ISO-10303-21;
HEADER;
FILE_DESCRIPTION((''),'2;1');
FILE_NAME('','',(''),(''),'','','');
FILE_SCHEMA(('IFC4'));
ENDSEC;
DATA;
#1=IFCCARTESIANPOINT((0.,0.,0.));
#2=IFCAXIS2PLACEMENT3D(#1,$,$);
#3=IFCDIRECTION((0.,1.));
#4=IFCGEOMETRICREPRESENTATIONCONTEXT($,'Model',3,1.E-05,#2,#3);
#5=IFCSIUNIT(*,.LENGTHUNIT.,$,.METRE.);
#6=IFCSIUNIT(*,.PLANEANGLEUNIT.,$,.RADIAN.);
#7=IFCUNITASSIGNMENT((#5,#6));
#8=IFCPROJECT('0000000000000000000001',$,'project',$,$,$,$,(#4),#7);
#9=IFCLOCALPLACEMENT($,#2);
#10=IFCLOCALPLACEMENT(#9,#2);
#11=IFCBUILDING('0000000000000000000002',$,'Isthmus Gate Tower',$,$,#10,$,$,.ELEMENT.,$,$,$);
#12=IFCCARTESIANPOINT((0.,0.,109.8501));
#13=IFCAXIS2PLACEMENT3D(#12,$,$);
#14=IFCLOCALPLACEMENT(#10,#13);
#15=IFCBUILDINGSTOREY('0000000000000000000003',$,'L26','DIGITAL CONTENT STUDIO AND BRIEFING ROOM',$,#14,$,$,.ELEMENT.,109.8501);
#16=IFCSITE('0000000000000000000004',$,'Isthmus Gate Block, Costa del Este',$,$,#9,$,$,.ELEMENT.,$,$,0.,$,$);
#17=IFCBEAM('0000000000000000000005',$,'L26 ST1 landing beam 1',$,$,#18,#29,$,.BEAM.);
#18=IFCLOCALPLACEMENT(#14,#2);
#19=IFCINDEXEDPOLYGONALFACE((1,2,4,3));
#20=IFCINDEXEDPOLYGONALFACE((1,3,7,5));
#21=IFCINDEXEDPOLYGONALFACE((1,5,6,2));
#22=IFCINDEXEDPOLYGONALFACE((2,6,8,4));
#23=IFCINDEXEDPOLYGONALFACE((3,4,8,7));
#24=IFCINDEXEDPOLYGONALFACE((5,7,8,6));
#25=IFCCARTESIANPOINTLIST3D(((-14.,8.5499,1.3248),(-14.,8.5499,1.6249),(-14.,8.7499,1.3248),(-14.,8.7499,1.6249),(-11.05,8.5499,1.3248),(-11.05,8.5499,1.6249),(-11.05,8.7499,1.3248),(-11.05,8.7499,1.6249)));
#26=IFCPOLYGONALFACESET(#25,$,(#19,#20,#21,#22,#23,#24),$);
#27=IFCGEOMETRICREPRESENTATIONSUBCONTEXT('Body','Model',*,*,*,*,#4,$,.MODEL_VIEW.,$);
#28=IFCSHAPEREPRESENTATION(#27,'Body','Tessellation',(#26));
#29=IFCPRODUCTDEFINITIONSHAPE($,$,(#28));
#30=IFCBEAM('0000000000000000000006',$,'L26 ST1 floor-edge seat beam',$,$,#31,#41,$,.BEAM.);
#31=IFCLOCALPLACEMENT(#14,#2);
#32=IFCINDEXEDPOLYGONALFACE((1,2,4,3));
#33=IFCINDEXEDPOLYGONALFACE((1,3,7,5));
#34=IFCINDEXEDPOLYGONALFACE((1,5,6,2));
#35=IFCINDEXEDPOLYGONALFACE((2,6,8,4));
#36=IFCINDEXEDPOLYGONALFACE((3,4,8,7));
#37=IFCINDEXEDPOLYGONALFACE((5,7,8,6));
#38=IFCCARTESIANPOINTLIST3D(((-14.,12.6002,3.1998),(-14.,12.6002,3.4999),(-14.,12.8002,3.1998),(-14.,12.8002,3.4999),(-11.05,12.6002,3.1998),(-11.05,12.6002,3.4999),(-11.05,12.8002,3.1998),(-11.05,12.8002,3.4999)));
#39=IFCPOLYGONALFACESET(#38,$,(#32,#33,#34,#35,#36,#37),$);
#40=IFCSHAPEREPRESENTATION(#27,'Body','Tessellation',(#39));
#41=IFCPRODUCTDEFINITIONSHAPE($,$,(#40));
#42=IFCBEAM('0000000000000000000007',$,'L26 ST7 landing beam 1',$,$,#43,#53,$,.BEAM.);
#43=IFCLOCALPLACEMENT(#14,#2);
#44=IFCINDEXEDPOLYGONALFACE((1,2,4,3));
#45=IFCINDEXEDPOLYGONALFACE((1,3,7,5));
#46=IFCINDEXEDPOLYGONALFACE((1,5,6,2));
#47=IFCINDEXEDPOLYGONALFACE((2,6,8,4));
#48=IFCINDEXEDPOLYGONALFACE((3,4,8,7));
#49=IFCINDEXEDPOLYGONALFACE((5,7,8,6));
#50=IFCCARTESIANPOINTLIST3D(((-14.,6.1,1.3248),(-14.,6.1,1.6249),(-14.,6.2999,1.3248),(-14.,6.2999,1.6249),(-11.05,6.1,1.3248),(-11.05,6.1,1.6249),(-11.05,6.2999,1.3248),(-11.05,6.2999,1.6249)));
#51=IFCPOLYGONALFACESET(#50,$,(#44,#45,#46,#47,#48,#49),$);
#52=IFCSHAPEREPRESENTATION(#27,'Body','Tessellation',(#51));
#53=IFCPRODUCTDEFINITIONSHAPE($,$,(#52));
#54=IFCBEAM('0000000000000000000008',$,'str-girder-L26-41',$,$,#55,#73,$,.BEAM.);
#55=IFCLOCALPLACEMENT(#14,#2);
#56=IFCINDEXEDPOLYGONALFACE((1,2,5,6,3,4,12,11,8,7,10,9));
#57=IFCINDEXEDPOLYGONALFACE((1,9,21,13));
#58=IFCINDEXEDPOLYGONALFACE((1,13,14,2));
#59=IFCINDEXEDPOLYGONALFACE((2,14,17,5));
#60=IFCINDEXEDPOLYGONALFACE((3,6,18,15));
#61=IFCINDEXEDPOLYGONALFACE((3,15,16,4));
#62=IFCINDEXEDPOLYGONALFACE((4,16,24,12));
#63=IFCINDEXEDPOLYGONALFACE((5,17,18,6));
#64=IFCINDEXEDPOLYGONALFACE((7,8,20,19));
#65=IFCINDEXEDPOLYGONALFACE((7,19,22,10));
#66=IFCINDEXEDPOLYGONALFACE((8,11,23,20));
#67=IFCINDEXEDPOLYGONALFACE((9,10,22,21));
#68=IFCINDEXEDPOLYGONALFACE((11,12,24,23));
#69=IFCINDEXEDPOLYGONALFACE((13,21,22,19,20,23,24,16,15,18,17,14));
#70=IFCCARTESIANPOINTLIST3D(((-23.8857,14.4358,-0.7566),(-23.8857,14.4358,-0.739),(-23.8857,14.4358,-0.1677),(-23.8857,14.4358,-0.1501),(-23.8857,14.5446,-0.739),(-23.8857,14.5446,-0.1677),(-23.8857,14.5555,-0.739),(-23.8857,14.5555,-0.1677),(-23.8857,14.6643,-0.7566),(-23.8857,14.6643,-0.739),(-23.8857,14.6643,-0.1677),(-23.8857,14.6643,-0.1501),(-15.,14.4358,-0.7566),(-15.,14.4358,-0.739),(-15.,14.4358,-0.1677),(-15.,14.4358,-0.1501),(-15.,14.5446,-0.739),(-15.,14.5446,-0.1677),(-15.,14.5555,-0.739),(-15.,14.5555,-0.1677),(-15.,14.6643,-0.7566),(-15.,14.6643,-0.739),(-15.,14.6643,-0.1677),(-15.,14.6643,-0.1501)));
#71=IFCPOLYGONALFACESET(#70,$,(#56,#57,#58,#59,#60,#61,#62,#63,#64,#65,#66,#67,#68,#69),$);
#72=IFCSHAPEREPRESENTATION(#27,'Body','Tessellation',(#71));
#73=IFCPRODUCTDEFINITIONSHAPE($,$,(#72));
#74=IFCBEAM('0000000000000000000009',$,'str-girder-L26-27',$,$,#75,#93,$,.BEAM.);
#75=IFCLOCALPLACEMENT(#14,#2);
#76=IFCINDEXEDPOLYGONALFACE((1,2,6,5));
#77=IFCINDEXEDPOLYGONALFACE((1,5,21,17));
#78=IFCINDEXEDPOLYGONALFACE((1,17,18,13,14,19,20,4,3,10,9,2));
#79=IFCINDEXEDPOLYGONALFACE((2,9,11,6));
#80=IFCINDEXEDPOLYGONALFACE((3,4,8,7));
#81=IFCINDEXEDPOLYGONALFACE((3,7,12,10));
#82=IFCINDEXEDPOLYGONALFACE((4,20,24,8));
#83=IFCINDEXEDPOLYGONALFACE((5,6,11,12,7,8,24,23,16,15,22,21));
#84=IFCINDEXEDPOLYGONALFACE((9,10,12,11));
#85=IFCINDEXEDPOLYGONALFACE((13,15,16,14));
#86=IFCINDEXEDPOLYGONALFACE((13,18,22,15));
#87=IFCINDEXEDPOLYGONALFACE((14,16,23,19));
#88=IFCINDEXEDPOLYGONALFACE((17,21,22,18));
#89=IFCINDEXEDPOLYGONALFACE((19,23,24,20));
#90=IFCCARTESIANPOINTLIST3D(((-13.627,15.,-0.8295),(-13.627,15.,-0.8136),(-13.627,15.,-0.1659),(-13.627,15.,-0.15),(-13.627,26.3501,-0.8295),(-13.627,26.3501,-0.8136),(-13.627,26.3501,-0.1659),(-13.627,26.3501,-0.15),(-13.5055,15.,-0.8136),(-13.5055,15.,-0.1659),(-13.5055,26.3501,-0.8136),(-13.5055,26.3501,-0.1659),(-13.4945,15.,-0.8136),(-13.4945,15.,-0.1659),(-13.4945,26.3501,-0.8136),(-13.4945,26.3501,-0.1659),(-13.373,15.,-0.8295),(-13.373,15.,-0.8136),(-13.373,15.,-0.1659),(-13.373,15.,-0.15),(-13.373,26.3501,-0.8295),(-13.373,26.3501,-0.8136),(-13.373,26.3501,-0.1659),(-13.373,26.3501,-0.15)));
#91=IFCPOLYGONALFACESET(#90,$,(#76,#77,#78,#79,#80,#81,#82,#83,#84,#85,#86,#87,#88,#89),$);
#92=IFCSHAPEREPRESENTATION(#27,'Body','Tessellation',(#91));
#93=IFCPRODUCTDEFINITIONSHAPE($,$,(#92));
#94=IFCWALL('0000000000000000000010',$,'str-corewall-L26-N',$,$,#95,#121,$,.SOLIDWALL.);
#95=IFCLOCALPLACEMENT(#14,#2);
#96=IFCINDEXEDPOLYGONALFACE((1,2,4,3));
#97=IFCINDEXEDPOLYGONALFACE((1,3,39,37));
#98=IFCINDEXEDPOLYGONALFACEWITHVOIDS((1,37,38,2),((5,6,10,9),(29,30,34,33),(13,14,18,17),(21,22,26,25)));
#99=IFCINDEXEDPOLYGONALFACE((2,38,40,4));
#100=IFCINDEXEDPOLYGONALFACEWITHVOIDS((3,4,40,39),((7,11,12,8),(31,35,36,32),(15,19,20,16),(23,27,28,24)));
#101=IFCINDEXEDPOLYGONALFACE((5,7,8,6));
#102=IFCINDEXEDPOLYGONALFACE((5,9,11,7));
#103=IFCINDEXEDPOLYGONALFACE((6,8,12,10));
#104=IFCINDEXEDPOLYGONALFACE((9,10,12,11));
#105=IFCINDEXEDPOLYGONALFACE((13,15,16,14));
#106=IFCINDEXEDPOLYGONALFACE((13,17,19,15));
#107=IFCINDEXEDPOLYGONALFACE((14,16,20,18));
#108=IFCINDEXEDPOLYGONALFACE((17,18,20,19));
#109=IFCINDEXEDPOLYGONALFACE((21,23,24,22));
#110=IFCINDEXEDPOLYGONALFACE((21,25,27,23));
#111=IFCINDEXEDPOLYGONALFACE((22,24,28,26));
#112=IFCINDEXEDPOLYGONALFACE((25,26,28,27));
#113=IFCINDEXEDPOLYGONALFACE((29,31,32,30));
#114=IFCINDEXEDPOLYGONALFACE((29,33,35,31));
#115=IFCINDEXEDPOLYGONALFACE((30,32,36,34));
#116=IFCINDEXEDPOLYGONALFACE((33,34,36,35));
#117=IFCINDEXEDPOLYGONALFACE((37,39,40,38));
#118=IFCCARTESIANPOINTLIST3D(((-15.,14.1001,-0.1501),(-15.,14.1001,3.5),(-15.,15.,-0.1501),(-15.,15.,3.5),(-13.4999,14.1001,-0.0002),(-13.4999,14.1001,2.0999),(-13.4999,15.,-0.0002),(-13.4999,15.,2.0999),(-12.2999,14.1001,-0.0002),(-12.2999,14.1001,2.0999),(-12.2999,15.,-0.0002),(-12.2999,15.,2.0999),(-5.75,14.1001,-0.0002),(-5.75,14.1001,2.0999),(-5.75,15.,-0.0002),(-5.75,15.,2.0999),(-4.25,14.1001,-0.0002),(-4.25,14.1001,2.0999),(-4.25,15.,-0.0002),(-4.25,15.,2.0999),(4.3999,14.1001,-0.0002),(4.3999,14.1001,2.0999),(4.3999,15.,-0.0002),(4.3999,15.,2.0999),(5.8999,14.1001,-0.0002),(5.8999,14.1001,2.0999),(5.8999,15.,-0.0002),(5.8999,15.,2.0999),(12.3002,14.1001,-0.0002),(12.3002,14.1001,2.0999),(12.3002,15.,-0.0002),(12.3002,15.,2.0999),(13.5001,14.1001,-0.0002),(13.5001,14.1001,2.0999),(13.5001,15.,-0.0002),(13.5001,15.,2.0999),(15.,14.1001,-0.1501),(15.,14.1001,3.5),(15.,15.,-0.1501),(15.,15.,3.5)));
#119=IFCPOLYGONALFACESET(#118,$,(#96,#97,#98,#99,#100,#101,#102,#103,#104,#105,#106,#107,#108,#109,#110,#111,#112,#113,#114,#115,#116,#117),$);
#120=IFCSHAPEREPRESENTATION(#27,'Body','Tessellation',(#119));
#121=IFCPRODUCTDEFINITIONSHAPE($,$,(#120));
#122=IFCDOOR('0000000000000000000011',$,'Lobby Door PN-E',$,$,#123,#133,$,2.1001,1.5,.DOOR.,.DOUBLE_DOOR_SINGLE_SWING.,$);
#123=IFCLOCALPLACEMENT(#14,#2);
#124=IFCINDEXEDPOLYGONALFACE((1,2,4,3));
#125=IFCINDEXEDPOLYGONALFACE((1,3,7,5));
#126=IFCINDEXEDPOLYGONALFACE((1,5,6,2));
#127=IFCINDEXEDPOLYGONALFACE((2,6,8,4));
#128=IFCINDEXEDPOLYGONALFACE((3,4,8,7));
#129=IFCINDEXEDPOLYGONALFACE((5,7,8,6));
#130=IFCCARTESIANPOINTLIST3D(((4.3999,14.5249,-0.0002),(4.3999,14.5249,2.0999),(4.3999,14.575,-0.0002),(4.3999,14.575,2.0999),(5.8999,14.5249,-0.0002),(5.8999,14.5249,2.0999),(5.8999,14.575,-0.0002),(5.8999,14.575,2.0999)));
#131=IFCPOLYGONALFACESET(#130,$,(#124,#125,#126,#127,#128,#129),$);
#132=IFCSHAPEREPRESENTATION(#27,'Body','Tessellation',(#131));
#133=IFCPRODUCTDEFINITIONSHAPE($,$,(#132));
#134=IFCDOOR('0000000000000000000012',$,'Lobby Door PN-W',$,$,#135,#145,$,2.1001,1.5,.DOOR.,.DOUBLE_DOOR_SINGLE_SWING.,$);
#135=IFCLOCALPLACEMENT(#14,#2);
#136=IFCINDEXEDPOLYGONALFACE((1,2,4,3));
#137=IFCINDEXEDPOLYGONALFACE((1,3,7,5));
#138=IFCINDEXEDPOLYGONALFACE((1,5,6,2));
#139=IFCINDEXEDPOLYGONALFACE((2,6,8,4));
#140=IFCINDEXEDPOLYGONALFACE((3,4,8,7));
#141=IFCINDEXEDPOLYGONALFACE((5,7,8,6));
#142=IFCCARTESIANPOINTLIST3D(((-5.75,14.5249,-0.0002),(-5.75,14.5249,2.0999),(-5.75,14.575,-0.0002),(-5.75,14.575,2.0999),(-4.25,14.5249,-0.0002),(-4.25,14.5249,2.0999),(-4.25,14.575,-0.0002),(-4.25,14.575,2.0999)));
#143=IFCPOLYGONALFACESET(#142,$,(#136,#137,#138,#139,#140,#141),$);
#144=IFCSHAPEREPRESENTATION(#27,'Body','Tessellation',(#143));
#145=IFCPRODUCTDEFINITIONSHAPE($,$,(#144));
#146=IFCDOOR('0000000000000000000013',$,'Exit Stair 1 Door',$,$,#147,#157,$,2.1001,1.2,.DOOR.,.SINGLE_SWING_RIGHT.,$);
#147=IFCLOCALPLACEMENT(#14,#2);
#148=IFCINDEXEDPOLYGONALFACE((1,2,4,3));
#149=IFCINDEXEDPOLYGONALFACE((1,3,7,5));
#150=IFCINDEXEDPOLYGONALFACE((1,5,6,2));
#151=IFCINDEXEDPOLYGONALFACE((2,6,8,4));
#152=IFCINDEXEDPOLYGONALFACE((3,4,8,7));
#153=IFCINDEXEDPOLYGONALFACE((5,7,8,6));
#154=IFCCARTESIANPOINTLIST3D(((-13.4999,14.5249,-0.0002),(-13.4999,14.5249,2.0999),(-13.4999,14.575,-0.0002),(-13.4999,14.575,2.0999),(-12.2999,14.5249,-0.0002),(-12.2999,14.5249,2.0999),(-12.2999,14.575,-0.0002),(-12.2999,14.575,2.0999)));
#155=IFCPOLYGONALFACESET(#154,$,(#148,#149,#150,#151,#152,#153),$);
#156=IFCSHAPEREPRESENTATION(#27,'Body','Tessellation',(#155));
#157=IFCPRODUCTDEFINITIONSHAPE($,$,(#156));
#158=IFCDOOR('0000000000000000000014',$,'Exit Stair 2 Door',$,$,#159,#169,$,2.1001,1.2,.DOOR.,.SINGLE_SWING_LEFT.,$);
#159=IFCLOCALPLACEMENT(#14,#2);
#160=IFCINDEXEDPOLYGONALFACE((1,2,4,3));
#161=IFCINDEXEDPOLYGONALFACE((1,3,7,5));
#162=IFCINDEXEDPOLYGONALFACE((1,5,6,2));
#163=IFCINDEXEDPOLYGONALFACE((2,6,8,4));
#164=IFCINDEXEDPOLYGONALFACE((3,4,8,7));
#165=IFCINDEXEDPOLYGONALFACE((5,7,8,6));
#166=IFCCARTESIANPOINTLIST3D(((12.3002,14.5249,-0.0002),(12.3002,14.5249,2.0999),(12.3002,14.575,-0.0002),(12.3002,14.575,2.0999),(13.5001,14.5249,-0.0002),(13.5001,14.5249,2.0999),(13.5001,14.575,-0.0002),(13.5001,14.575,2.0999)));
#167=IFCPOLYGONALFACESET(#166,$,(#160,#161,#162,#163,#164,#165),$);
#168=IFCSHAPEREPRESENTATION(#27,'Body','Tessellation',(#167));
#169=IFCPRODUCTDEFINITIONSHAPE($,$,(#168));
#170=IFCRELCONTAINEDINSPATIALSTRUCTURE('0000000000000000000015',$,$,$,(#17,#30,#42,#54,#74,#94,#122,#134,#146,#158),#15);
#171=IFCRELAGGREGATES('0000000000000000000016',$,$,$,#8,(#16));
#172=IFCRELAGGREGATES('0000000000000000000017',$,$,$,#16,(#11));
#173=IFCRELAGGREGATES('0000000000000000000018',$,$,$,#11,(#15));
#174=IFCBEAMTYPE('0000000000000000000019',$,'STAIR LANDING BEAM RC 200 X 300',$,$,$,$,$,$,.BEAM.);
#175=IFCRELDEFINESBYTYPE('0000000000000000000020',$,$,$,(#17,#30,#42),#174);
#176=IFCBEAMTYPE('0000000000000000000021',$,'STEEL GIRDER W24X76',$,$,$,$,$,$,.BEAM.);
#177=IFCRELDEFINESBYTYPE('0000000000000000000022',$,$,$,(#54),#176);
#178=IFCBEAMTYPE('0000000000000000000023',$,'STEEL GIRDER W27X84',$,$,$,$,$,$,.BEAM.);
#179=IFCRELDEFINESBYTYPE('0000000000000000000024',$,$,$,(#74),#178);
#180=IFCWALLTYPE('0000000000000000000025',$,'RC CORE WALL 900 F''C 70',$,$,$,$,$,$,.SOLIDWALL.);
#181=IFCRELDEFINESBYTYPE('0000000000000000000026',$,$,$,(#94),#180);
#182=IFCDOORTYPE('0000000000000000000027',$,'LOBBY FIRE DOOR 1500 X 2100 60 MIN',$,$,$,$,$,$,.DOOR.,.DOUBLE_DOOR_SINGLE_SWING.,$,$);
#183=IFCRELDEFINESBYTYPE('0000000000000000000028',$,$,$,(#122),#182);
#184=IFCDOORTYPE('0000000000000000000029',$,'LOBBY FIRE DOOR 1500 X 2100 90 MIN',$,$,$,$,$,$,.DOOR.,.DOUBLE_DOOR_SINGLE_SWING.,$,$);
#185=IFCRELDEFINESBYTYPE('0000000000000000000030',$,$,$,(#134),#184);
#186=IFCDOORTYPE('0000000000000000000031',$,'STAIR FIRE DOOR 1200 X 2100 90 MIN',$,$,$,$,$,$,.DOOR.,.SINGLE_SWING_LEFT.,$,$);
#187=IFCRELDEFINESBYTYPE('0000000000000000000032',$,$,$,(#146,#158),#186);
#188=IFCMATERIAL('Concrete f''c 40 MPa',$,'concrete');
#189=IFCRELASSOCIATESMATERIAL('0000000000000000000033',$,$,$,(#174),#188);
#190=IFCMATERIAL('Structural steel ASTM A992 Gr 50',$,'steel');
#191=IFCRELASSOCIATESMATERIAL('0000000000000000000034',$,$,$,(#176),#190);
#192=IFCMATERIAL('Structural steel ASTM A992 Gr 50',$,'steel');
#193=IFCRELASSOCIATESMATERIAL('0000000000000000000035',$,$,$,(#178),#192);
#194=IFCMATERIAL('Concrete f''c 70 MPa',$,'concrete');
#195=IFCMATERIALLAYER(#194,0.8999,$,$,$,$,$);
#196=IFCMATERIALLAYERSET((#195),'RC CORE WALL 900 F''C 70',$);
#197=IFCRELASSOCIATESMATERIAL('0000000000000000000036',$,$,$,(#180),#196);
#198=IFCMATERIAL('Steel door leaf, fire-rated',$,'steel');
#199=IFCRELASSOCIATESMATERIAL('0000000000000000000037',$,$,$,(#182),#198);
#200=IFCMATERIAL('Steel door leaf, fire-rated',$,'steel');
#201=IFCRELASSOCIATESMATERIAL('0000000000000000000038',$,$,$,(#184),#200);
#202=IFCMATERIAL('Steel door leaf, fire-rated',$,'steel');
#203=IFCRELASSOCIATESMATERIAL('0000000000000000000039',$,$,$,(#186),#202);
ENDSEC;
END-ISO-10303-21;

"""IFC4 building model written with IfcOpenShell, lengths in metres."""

from ifc_helpers import new_model, si_unit, direction, frame, frame_2d, origin, origin_2d, place, context, subcontext, project, spatial, rectangle, i_section, extrude, material, layer, layer_set, material_profile, profile_set, type_object, element, fill, save


model = new_model("IFC4")

# Units and contexts
model_context = context("Model", 3, precision=1e-05, world=origin(), true_north=direction((0.0, 1.0)))
body_context = subcontext(model_context, "Body", "Model", "MODEL_VIEW")
ifc_project = project(units=[si_unit("LENGTHUNIT", "METRE"), si_unit("PLANEANGLEUNIT", "RADIAN")], contexts=[model_context])

# Site, building, storey
site_placement = place(None, origin())
site = spatial("IfcSite", under=ifc_project, at=site_placement, Name="Isthmus Gate Block, Costa del Este", CompositionType="ELEMENT", RefElevation=0.0)
building_placement = place(site_placement, origin())
building = spatial("IfcBuilding", under=site, at=building_placement, Name="Isthmus Gate Tower", CompositionType="ELEMENT")
storey_placement = place(building_placement, frame((0.0, 0.0, 109.8501)))
storey = spatial("IfcBuildingStorey", under=building, at=storey_placement, Name="L26", Description="DIGITAL CONTENT STUDIO AND BRIEFING ROOM", CompositionType="ELEMENT", Elevation=109.8501)

# Beams
ifc_material_1 = material(Name="Concrete f'c 40 MPa", Category="concrete")
ifc_material_profile_1 = material_profile(ifc_material_1, rectangle(XDim=0.2, YDim=0.3, at=origin_2d()), Name="STAIR LANDING BEAM RC 200 X 300")
ifc_profile_set_1 = profile_set([ifc_material_profile_1], Name="Concrete f'c 40 MPa")
beam_type_1 = type_object("IfcBeamType", Name="STAIR LANDING BEAM RC 200 X 300", PredefinedType="BEAM", material=ifc_profile_set_1)
for number, where, z_axis, x_axis, name in (
    (1, (-14.0, 8.6499, 1.4749), (1.0, 0.0, 0.0), (0.0, 1.0, 0.0), "L26 ST1 landing beam 1"),
    (2, (-14.0, 12.7002, 3.3499), (1.0, 0.0, 0.0), (0.0, 1.0, 0.0), "L26 ST1 floor-edge seat beam"),
    (3, (-14.0, 6.2, 1.4749), (1.0, 0.0, 0.0), (0.0, 1.0, 0.0), "L26 ST7 landing beam 1"),
):
    element("IfcBeam", number, at=place(storey_placement, frame(where, z_axis=z_axis, x_axis=x_axis)), inside=storey, type_object=beam_type_1, Name=name, PredefinedType="BEAM", context=body_context, shape_type="SweptSolid", body=[
        extrude(rectangle(XDim=0.2, YDim=0.3, at=origin_2d()), origin(), (0.0, 0.0, 1.0), 2.95),
    ])
ifc_material_2 = material(Name="Structural steel ASTM A992 Gr 50", Category="steel")
ifc_material_profile_2 = material_profile(ifc_material_2, i_section(OverallWidth=0.2285, OverallDepth=0.6064, WebThickness=0.011, FlangeThickness=0.0176, at=origin_2d()), Name="W24X76")
ifc_profile_set_2 = profile_set([ifc_material_profile_2], Name="Structural steel ASTM A992 Gr 50")
beam_type_2 = type_object("IfcBeamType", Name="STEEL GIRDER W24X76", PredefinedType="BEAM", material=ifc_profile_set_2)
beam_1_placement = place(storey_placement, frame((-15.0, 14.55, -0.4534), z_axis=(-1.0, 0.0, 0.0), x_axis=(0.0, -1.0, 0.0)))
element("IfcBeam", 4, at=beam_1_placement, inside=storey, type_object=beam_type_2, Name="str-girder-L26-41", PredefinedType="BEAM", context=body_context, shape_type="SweptSolid", body=[
    extrude(i_section(OverallWidth=0.2285, OverallDepth=0.6064, WebThickness=0.011, FlangeThickness=0.0176, at=origin_2d()), origin(), (0.0, 0.0, 1.0), 8.8857),
])
ifc_material_3 = material(Name="Structural steel ASTM A992 Gr 50", Category="steel")
ifc_material_profile_3 = material_profile(ifc_material_3, i_section(OverallWidth=0.2539, OverallDepth=0.6794, WebThickness=0.011, FlangeThickness=0.0159, at=origin_2d()), Name="W27X84")
ifc_profile_set_3 = profile_set([ifc_material_profile_3], Name="Structural steel ASTM A992 Gr 50")
beam_type_3 = type_object("IfcBeamType", Name="STEEL GIRDER W27X84", PredefinedType="BEAM", material=ifc_profile_set_3)
beam_2_placement = place(storey_placement, frame((-13.5, 15.0, -0.4897), z_axis=(0.0, 1.0, 0.0), x_axis=(-1.0, 0.0, 0.0)))
element("IfcBeam", 5, at=beam_2_placement, inside=storey, type_object=beam_type_3, Name="str-girder-L26-27", PredefinedType="BEAM", context=body_context, shape_type="SweptSolid", body=[
    extrude(i_section(OverallWidth=0.2539, OverallDepth=0.6794, WebThickness=0.011, FlangeThickness=0.0159, at=origin_2d()), origin(), (0.0, 0.0, 1.0), 11.3501),
])

# Wall, openings, doors
ifc_material_4 = material(Name="Concrete f'c 70 MPa", Category="concrete")
ifc_layer_1 = layer(ifc_material_4, 0.8999)
ifc_layer_set_1 = layer_set([ifc_layer_1], Name="RC CORE WALL 900 F'C 70")
wall_type_1 = type_object("IfcWallType", Name="RC CORE WALL 900 F'C 70", PredefinedType="SOLIDWALL", material=ifc_layer_set_1)
wall_1_placement = place(storey_placement, frame((-15.0, 14.55, -0.1501), z_axis=(0.0, 0.0, 1.0), x_axis=(1.0, 0.0, 0.0)))
wall_1 = element("IfcWall", 6, at=wall_1_placement, inside=storey, type_object=wall_type_1, Name="str-corewall-L26-N", PredefinedType="SOLIDWALL", context=body_context, shape_type="SweptSolid", body=[
    extrude(rectangle(XDim=30.0, YDim=0.8999, at=frame_2d((15.0, 0.0))), origin(), (0.0, 0.0, 1.0), 3.6501),
])
opening_1_placement = place(wall_1_placement, frame((9.25, 0.0, 0.1499)))
opening_1 = element("IfcOpeningElement", 7, at=opening_1_placement, cuts=wall_1, PredefinedType="OPENING", context=body_context, shape_type="SweptSolid", body=[
    extrude(rectangle(XDim=1.5, YDim=2.1001, at=frame_2d((0.75, 1.05))), frame((0.0, 0.46, 0.0), z_axis=(0.0, -1.0, 0.0), x_axis=(1.0, 0.0, 0.0)), (0.0, 0.0, 1.0), 0.9199),
])
opening_2_placement = place(wall_1_placement, frame((19.3999, 0.0, 0.1499)))
opening_2 = element("IfcOpeningElement", 8, at=opening_2_placement, cuts=wall_1, PredefinedType="OPENING", context=body_context, shape_type="SweptSolid", body=[
    extrude(rectangle(XDim=1.5, YDim=2.1001, at=frame_2d((0.75, 1.05))), frame((0.0, 0.46, 0.0), z_axis=(0.0, -1.0, 0.0), x_axis=(1.0, 0.0, 0.0)), (0.0, 0.0, 1.0), 0.9199),
])
opening_3_placement = place(wall_1_placement, frame((1.5, 0.0, 0.1499)))
opening_3 = element("IfcOpeningElement", 9, at=opening_3_placement, cuts=wall_1, PredefinedType="OPENING", context=body_context, shape_type="SweptSolid", body=[
    extrude(rectangle(XDim=1.2, YDim=2.1001, at=frame_2d((0.6001, 1.05))), frame((0.0, 0.46, 0.0), z_axis=(0.0, -1.0, 0.0), x_axis=(1.0, 0.0, 0.0)), (0.0, 0.0, 1.0), 0.9199),
])
opening_4_placement = place(wall_1_placement, frame((27.3, 0.0, 0.1499)))
opening_4 = element("IfcOpeningElement", 10, at=opening_4_placement, cuts=wall_1, PredefinedType="OPENING", context=body_context, shape_type="SweptSolid", body=[
    extrude(rectangle(XDim=1.2, YDim=2.1001, at=frame_2d((0.6001, 1.05))), frame((0.0, 0.46, 0.0), z_axis=(0.0, -1.0, 0.0), x_axis=(1.0, 0.0, 0.0)), (0.0, 0.0, 1.0), 0.9199),
])
ifc_material_5 = material(Name="Steel door leaf, fire-rated", Category="steel")
door_type_1 = type_object("IfcDoorType", Name="LOBBY FIRE DOOR 1500 X 2100 60 MIN", OperationType="DOUBLE_DOOR_SINGLE_SWING", PredefinedType="DOOR", material=ifc_material_5)
door_1_placement = place(opening_2_placement, origin())
door_1 = element("IfcDoor", 11, at=door_1_placement, inside=storey, type_object=door_type_1, Name="Lobby Door PN-E", OperationType="DOUBLE_DOOR_SINGLE_SWING", OverallHeight=2.1001, OverallWidth=1.5, PredefinedType="DOOR", context=body_context, shape_type="SweptSolid", body=[
    extrude(rectangle(XDim=1.5, YDim=2.1001, at=frame_2d((0.75, 1.05))), frame((0.0, 0.0249, 0.0), z_axis=(0.0, -1.0, 0.0), x_axis=(1.0, 0.0, 0.0)), (0.0, 0.0, 1.0), 0.05),
])
fill(opening_2, door_1)
ifc_material_6 = material(Name="Steel door leaf, fire-rated", Category="steel")
door_type_2 = type_object("IfcDoorType", Name="LOBBY FIRE DOOR 1500 X 2100 90 MIN", OperationType="DOUBLE_DOOR_SINGLE_SWING", PredefinedType="DOOR", material=ifc_material_6)
door_2_placement = place(opening_1_placement, origin())
door_2 = element("IfcDoor", 12, at=door_2_placement, inside=storey, type_object=door_type_2, Name="Lobby Door PN-W", OperationType="DOUBLE_DOOR_SINGLE_SWING", OverallHeight=2.1001, OverallWidth=1.5, PredefinedType="DOOR", context=body_context, shape_type="SweptSolid", body=[
    extrude(rectangle(XDim=1.5, YDim=2.1001, at=frame_2d((0.75, 1.05))), frame((0.0, 0.0249, 0.0), z_axis=(0.0, -1.0, 0.0), x_axis=(1.0, 0.0, 0.0)), (0.0, 0.0, 1.0), 0.05),
])
fill(opening_1, door_2)
ifc_material_7 = material(Name="Steel door leaf, fire-rated", Category="steel")
door_type_3 = type_object("IfcDoorType", Name="STAIR FIRE DOOR 1200 X 2100 90 MIN", OperationType="SINGLE_SWING_LEFT", PredefinedType="DOOR", material=ifc_material_7)
door_3_placement = place(opening_3_placement, origin())
door_3 = element("IfcDoor", 13, at=door_3_placement, inside=storey, type_object=door_type_3, Name="Exit Stair 1 Door", OperationType="SINGLE_SWING_RIGHT", OverallHeight=2.1001, OverallWidth=1.2, PredefinedType="DOOR", context=body_context, shape_type="SweptSolid", body=[
    extrude(rectangle(XDim=1.2, YDim=2.1001, at=frame_2d((0.6001, 1.05))), frame((0.0, 0.0249, 0.0), z_axis=(0.0, -1.0, 0.0), x_axis=(1.0, 0.0, 0.0)), (0.0, 0.0, 1.0), 0.05),
])
fill(opening_3, door_3)
door_4_placement = place(opening_4_placement, origin())
door_4 = element("IfcDoor", 14, at=door_4_placement, inside=storey, type_object=door_type_3, Name="Exit Stair 2 Door", OperationType="SINGLE_SWING_LEFT", OverallHeight=2.1001, OverallWidth=1.2, PredefinedType="DOOR", context=body_context, shape_type="SweptSolid", body=[
    extrude(rectangle(XDim=1.2, YDim=2.1001, at=frame_2d((0.6001, 1.05))), frame((0.0, 0.0249, 0.0), z_axis=(0.0, -1.0, 0.0), x_axis=(1.0, 0.0, 0.0)), (0.0, 0.0, 1.0), 0.05),
])
fill(opening_4, door_4)

save(model, "model.ifc")
